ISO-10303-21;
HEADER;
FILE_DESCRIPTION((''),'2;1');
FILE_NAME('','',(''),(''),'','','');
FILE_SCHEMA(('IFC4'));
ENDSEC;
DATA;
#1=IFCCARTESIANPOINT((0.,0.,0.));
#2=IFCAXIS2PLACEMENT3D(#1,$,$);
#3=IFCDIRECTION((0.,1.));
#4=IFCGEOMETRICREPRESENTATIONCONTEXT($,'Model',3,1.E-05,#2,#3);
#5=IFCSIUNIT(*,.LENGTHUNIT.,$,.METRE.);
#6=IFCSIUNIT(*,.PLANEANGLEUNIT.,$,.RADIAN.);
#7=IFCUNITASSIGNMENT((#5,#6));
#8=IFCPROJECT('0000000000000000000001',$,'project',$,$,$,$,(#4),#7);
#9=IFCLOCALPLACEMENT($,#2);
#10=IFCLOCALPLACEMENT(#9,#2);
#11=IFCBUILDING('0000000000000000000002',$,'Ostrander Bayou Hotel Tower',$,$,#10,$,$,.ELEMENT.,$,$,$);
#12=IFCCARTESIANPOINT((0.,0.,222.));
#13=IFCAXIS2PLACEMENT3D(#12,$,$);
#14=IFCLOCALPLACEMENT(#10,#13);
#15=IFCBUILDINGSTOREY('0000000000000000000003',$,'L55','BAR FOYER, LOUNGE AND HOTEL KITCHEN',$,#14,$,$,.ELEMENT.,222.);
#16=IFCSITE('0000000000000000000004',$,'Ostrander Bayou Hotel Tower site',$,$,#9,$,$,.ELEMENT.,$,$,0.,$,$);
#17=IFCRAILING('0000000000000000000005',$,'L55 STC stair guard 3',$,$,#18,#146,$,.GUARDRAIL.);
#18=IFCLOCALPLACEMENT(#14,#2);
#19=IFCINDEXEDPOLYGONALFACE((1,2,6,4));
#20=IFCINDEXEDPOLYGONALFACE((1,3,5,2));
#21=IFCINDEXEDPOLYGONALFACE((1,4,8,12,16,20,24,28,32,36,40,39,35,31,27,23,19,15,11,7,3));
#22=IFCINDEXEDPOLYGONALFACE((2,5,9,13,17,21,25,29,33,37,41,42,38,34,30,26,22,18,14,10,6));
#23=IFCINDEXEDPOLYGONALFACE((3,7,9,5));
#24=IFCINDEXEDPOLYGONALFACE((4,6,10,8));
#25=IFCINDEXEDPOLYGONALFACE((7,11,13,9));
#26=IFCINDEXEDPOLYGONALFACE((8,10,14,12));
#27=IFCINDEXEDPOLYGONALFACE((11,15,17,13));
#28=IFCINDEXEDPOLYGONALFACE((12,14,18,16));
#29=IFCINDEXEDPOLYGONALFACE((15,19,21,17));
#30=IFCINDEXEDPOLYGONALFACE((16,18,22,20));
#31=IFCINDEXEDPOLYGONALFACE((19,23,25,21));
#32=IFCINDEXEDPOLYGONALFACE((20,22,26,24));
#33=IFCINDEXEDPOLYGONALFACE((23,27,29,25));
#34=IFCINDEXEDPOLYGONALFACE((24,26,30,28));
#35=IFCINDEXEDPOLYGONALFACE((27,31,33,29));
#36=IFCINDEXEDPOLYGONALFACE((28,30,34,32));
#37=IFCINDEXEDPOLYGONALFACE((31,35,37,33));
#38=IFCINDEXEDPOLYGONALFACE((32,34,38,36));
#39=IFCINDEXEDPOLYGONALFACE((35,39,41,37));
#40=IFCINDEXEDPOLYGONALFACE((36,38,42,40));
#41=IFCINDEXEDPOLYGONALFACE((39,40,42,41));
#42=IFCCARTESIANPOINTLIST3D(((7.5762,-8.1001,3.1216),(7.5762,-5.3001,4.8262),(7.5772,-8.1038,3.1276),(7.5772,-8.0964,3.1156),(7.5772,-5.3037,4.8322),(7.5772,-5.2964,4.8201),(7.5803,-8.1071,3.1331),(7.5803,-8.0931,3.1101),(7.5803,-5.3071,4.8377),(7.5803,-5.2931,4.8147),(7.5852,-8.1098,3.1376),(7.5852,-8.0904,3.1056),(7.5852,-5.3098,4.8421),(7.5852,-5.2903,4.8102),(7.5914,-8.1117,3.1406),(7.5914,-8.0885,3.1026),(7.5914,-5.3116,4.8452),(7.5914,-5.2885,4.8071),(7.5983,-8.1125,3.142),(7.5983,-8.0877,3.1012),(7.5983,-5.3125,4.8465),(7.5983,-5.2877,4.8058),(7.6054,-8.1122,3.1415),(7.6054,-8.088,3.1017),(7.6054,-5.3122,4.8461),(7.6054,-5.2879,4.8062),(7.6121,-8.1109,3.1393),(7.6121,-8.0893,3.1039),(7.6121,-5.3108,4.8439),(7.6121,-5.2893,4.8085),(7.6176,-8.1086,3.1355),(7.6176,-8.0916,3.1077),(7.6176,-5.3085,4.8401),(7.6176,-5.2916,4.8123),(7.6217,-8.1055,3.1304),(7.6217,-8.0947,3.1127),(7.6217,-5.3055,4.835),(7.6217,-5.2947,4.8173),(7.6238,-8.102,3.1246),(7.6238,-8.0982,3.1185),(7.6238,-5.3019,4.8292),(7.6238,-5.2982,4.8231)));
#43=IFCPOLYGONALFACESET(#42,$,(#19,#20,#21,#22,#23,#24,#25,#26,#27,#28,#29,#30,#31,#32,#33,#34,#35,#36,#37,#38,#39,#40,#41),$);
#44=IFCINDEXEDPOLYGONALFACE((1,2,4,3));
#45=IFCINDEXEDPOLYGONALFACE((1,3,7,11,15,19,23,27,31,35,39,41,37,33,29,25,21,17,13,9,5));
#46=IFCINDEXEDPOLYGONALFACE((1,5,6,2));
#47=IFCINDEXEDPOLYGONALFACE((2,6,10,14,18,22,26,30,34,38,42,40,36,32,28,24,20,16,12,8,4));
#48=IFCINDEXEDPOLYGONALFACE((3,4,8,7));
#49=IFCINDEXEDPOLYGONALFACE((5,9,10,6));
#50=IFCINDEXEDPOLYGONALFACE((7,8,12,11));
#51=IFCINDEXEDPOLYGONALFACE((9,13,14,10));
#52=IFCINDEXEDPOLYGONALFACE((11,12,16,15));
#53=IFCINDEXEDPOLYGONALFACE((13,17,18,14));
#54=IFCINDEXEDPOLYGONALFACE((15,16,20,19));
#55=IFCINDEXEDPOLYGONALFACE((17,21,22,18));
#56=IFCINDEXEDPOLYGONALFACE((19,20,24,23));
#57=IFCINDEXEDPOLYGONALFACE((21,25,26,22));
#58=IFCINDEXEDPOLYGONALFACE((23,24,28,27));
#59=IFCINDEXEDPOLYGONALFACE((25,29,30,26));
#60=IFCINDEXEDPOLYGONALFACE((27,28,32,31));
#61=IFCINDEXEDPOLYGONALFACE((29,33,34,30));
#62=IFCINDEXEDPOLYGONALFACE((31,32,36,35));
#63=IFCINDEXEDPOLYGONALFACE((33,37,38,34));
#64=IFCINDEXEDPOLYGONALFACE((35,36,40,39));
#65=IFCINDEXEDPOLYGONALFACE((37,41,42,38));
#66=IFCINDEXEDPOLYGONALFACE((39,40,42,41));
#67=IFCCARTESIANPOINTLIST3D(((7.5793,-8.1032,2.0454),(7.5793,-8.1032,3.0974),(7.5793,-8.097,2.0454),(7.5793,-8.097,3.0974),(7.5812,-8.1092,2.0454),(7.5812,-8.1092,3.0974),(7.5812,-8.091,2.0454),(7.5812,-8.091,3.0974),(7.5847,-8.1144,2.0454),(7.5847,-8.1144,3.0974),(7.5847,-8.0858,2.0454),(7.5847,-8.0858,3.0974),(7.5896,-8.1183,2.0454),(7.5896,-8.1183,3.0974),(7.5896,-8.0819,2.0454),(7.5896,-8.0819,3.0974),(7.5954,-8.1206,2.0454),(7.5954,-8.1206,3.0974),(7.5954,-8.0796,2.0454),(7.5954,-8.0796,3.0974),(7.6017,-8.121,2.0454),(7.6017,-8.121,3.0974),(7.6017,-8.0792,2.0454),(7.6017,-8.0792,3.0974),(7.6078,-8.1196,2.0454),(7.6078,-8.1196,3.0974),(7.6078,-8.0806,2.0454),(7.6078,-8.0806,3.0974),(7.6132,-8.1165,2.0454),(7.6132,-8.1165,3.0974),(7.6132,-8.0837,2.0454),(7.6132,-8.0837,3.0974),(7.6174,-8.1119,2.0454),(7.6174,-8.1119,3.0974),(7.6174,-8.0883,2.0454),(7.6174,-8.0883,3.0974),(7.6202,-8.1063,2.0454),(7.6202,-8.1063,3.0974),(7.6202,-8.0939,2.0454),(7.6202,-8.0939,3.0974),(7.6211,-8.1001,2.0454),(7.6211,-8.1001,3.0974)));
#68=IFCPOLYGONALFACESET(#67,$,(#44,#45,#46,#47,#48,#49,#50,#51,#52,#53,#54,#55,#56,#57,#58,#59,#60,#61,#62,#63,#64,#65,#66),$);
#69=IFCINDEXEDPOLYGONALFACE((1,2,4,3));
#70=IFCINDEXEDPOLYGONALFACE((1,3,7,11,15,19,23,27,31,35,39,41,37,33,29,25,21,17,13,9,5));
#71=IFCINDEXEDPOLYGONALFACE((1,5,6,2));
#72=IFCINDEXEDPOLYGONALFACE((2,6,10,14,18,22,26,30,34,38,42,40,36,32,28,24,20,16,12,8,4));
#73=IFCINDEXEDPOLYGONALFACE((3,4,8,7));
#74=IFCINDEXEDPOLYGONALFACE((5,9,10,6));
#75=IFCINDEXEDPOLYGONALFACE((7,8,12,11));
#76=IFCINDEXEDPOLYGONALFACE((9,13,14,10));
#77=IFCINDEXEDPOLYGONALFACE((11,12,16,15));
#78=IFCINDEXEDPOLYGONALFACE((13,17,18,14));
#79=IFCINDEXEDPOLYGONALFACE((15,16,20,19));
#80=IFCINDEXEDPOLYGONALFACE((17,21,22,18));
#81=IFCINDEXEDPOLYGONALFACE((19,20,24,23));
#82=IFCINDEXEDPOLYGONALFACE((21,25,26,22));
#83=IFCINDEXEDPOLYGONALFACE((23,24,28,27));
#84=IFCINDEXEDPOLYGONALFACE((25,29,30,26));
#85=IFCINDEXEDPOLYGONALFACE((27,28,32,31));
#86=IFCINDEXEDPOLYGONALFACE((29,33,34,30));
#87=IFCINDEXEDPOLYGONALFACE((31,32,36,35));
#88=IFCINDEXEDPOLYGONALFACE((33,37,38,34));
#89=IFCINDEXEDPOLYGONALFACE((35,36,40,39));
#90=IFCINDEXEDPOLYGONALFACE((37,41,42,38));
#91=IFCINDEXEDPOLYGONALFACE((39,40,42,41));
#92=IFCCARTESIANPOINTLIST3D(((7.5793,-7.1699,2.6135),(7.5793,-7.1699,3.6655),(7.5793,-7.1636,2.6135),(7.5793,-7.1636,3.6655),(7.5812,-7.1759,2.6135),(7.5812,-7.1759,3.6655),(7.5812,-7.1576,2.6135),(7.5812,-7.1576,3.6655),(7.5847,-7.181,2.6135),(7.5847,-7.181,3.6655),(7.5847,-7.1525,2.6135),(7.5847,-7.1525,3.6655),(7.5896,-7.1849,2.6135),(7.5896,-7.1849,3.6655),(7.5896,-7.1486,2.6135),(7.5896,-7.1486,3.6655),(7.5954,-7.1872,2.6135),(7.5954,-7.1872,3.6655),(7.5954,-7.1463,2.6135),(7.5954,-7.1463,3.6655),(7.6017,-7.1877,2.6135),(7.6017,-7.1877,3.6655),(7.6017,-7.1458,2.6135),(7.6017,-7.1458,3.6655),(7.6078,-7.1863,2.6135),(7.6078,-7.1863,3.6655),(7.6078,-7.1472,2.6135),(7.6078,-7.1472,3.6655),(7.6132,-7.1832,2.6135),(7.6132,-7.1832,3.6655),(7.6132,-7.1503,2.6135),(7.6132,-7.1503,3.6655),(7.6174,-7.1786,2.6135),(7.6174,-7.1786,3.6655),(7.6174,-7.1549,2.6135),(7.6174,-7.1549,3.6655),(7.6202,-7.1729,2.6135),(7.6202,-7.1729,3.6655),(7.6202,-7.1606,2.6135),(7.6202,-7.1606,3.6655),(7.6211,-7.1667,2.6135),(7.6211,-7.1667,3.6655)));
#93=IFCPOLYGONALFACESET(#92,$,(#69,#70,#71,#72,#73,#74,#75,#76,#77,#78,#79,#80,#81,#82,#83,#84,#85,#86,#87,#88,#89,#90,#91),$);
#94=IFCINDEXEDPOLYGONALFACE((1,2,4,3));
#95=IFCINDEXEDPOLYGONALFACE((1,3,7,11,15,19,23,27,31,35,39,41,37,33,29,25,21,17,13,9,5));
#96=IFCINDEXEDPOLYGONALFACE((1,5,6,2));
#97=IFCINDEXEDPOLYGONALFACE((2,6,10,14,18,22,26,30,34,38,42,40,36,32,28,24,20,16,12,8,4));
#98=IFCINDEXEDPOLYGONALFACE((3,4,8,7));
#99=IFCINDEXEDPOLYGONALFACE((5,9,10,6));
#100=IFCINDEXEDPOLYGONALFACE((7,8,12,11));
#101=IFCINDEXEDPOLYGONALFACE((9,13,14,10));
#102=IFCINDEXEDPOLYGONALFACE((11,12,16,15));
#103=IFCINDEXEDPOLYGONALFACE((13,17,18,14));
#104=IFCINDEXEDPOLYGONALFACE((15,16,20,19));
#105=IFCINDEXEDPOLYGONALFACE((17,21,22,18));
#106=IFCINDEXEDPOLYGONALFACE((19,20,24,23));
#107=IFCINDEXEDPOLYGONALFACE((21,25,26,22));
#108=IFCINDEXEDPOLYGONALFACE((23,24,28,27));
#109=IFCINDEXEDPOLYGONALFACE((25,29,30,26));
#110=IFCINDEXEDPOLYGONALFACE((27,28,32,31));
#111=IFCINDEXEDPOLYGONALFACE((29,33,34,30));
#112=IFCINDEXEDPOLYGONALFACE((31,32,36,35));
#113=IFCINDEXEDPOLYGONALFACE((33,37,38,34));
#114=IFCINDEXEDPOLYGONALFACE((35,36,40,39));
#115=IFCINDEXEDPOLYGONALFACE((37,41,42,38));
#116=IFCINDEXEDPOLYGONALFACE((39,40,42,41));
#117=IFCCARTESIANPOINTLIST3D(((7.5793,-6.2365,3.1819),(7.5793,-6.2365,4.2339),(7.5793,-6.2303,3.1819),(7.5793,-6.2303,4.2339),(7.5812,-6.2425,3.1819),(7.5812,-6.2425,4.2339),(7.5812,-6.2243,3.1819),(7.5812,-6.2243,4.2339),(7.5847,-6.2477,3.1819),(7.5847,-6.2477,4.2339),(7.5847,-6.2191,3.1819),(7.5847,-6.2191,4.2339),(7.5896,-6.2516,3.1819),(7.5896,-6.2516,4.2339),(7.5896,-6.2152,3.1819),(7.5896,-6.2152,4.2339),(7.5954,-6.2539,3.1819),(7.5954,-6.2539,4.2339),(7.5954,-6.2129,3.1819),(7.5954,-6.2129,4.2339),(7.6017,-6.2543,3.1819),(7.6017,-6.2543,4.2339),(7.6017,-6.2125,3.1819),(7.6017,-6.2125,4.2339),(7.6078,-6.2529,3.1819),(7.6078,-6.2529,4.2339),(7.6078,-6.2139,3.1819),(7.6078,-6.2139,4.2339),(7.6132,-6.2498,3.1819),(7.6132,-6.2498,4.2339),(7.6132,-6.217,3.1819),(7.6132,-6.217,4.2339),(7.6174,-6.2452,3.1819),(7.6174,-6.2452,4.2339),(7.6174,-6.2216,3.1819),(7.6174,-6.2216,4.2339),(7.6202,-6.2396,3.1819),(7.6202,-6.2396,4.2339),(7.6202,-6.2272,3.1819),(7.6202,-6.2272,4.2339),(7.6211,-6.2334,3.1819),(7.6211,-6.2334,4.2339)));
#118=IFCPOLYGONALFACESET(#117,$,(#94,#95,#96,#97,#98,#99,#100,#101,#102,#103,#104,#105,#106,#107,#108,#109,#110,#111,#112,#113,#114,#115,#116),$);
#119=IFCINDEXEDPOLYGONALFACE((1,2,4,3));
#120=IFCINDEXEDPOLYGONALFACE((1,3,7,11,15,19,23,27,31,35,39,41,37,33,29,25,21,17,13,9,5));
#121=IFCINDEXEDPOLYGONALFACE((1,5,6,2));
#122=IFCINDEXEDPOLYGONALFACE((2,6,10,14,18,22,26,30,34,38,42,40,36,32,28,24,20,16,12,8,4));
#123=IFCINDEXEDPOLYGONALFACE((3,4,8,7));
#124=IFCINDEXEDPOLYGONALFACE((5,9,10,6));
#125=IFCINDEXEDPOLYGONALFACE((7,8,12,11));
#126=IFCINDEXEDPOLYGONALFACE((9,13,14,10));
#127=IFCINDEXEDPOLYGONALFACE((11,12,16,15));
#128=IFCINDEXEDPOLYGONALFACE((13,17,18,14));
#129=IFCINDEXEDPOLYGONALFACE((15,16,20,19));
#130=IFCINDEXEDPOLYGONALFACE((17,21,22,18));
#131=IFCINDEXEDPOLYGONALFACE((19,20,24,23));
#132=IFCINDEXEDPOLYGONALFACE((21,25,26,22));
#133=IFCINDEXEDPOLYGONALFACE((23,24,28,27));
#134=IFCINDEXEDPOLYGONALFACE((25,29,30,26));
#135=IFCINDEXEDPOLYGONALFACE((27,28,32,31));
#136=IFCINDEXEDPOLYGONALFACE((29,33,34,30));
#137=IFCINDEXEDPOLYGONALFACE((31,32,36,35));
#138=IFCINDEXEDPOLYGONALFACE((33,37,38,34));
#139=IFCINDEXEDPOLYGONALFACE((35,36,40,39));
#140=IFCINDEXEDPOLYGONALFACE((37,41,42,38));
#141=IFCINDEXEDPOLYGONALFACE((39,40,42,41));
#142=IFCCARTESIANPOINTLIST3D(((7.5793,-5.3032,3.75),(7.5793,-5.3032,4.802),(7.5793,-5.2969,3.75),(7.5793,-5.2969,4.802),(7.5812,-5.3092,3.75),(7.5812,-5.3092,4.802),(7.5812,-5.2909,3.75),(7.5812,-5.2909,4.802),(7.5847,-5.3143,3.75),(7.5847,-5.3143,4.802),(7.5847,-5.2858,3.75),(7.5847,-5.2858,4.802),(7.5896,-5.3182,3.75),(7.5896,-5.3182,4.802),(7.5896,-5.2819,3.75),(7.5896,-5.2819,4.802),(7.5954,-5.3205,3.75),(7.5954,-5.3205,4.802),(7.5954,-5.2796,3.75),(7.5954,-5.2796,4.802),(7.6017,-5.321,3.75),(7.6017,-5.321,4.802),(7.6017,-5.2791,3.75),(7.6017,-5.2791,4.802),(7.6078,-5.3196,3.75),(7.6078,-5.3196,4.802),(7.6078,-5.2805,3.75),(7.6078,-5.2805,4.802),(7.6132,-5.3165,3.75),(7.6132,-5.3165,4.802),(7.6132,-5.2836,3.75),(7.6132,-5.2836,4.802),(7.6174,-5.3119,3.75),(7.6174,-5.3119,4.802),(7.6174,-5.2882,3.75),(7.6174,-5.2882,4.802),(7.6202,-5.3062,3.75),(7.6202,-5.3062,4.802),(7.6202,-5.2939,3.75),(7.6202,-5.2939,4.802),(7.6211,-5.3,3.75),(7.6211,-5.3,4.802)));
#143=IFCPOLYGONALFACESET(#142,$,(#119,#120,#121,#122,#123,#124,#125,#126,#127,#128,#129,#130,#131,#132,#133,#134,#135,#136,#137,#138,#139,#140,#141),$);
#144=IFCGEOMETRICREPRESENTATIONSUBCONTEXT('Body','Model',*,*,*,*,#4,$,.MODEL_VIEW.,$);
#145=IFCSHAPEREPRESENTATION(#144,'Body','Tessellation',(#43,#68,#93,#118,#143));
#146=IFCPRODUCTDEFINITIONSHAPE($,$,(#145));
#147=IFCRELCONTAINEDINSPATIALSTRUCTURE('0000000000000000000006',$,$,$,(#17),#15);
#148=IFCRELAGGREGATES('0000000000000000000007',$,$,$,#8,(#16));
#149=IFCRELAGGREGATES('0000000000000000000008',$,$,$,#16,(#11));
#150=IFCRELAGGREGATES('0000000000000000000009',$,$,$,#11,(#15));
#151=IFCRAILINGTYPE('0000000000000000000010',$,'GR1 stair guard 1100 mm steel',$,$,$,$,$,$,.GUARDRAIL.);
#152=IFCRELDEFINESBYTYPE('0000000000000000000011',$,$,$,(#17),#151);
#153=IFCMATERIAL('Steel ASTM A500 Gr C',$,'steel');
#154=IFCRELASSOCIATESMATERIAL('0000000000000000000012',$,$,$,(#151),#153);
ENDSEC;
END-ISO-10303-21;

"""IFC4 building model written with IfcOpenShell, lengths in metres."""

from ifc_helpers import new_model, si_unit, direction, frame, origin, origin_2d, place, context, subcontext, project, spatial, circle, extrude, material, type_object, element, save


model = new_model("IFC4")

# Units and contexts
model_context = context("Model", 3, precision=1e-05, world=origin(), true_north=direction((0.0, 1.0)))
body_context = subcontext(model_context, "Body", "Model", "MODEL_VIEW")
ifc_project = project(units=[si_unit("LENGTHUNIT", "METRE"), si_unit("PLANEANGLEUNIT", "RADIAN")], contexts=[model_context])

# Site, building, storey
site_placement = place(None, origin())
site = spatial("IfcSite", under=ifc_project, at=site_placement, Name="Ostrander Bayou Hotel Tower site", CompositionType="ELEMENT", RefElevation=0.0)
building_placement = place(site_placement, origin())
building = spatial("IfcBuilding", under=site, at=building_placement, Name="Ostrander Bayou Hotel Tower", CompositionType="ELEMENT")
storey_placement = place(building_placement, frame((0.0, 0.0, 222.0)))
storey = spatial("IfcBuildingStorey", under=building, at=storey_placement, Name="L55", Description="BAR FOYER, LOUNGE AND HOTEL KITCHEN", CompositionType="ELEMENT", Elevation=222.0)

# Railing
ifc_material_1 = material(Name="Steel ASTM A500 Gr C", Category="steel")
railing_type_1 = type_object("IfcRailingType", Name="GR1 stair guard 1100 mm steel", PredefinedType="GUARDRAIL", material=ifc_material_1)
railing_1_placement = place(storey_placement, frame((7.6001, -8.1001, 2.0454)))
element("IfcRailing", 1, at=railing_1_placement, inside=storey, type_object=railing_type_1, Name="L55 STC stair guard 3", PredefinedType="GUARDRAIL", context=body_context, shape_type="SweptSolid", body=[
    extrude(circle(Radius=0.0239, at=origin_2d()), frame((0.0, 0.0, 1.0762), z_axis=(0.0, 0.85417, 0.519994), x_axis=(-1.0, 0.0, 0.0)), (0.0, 0.0, 1.0), 3.2781),
    extrude(circle(Radius=0.021, at=origin_2d()), origin(), (0.0, 0.0, 1.0), 1.052),
    extrude(circle(Radius=0.021, at=origin_2d()), frame((0.0, 0.9333, 0.5681)), (0.0, 0.0, 1.0), 1.052),
    extrude(circle(Radius=0.021, at=origin_2d()), frame((0.0, 1.8667, 1.1365)), (0.0, 0.0, 1.0), 1.052),
    extrude(circle(Radius=0.021, at=origin_2d()), frame((0.0, 2.8, 1.7046)), (0.0, 0.0, 1.0), 1.052),
])

save(model, "model.ifc")
